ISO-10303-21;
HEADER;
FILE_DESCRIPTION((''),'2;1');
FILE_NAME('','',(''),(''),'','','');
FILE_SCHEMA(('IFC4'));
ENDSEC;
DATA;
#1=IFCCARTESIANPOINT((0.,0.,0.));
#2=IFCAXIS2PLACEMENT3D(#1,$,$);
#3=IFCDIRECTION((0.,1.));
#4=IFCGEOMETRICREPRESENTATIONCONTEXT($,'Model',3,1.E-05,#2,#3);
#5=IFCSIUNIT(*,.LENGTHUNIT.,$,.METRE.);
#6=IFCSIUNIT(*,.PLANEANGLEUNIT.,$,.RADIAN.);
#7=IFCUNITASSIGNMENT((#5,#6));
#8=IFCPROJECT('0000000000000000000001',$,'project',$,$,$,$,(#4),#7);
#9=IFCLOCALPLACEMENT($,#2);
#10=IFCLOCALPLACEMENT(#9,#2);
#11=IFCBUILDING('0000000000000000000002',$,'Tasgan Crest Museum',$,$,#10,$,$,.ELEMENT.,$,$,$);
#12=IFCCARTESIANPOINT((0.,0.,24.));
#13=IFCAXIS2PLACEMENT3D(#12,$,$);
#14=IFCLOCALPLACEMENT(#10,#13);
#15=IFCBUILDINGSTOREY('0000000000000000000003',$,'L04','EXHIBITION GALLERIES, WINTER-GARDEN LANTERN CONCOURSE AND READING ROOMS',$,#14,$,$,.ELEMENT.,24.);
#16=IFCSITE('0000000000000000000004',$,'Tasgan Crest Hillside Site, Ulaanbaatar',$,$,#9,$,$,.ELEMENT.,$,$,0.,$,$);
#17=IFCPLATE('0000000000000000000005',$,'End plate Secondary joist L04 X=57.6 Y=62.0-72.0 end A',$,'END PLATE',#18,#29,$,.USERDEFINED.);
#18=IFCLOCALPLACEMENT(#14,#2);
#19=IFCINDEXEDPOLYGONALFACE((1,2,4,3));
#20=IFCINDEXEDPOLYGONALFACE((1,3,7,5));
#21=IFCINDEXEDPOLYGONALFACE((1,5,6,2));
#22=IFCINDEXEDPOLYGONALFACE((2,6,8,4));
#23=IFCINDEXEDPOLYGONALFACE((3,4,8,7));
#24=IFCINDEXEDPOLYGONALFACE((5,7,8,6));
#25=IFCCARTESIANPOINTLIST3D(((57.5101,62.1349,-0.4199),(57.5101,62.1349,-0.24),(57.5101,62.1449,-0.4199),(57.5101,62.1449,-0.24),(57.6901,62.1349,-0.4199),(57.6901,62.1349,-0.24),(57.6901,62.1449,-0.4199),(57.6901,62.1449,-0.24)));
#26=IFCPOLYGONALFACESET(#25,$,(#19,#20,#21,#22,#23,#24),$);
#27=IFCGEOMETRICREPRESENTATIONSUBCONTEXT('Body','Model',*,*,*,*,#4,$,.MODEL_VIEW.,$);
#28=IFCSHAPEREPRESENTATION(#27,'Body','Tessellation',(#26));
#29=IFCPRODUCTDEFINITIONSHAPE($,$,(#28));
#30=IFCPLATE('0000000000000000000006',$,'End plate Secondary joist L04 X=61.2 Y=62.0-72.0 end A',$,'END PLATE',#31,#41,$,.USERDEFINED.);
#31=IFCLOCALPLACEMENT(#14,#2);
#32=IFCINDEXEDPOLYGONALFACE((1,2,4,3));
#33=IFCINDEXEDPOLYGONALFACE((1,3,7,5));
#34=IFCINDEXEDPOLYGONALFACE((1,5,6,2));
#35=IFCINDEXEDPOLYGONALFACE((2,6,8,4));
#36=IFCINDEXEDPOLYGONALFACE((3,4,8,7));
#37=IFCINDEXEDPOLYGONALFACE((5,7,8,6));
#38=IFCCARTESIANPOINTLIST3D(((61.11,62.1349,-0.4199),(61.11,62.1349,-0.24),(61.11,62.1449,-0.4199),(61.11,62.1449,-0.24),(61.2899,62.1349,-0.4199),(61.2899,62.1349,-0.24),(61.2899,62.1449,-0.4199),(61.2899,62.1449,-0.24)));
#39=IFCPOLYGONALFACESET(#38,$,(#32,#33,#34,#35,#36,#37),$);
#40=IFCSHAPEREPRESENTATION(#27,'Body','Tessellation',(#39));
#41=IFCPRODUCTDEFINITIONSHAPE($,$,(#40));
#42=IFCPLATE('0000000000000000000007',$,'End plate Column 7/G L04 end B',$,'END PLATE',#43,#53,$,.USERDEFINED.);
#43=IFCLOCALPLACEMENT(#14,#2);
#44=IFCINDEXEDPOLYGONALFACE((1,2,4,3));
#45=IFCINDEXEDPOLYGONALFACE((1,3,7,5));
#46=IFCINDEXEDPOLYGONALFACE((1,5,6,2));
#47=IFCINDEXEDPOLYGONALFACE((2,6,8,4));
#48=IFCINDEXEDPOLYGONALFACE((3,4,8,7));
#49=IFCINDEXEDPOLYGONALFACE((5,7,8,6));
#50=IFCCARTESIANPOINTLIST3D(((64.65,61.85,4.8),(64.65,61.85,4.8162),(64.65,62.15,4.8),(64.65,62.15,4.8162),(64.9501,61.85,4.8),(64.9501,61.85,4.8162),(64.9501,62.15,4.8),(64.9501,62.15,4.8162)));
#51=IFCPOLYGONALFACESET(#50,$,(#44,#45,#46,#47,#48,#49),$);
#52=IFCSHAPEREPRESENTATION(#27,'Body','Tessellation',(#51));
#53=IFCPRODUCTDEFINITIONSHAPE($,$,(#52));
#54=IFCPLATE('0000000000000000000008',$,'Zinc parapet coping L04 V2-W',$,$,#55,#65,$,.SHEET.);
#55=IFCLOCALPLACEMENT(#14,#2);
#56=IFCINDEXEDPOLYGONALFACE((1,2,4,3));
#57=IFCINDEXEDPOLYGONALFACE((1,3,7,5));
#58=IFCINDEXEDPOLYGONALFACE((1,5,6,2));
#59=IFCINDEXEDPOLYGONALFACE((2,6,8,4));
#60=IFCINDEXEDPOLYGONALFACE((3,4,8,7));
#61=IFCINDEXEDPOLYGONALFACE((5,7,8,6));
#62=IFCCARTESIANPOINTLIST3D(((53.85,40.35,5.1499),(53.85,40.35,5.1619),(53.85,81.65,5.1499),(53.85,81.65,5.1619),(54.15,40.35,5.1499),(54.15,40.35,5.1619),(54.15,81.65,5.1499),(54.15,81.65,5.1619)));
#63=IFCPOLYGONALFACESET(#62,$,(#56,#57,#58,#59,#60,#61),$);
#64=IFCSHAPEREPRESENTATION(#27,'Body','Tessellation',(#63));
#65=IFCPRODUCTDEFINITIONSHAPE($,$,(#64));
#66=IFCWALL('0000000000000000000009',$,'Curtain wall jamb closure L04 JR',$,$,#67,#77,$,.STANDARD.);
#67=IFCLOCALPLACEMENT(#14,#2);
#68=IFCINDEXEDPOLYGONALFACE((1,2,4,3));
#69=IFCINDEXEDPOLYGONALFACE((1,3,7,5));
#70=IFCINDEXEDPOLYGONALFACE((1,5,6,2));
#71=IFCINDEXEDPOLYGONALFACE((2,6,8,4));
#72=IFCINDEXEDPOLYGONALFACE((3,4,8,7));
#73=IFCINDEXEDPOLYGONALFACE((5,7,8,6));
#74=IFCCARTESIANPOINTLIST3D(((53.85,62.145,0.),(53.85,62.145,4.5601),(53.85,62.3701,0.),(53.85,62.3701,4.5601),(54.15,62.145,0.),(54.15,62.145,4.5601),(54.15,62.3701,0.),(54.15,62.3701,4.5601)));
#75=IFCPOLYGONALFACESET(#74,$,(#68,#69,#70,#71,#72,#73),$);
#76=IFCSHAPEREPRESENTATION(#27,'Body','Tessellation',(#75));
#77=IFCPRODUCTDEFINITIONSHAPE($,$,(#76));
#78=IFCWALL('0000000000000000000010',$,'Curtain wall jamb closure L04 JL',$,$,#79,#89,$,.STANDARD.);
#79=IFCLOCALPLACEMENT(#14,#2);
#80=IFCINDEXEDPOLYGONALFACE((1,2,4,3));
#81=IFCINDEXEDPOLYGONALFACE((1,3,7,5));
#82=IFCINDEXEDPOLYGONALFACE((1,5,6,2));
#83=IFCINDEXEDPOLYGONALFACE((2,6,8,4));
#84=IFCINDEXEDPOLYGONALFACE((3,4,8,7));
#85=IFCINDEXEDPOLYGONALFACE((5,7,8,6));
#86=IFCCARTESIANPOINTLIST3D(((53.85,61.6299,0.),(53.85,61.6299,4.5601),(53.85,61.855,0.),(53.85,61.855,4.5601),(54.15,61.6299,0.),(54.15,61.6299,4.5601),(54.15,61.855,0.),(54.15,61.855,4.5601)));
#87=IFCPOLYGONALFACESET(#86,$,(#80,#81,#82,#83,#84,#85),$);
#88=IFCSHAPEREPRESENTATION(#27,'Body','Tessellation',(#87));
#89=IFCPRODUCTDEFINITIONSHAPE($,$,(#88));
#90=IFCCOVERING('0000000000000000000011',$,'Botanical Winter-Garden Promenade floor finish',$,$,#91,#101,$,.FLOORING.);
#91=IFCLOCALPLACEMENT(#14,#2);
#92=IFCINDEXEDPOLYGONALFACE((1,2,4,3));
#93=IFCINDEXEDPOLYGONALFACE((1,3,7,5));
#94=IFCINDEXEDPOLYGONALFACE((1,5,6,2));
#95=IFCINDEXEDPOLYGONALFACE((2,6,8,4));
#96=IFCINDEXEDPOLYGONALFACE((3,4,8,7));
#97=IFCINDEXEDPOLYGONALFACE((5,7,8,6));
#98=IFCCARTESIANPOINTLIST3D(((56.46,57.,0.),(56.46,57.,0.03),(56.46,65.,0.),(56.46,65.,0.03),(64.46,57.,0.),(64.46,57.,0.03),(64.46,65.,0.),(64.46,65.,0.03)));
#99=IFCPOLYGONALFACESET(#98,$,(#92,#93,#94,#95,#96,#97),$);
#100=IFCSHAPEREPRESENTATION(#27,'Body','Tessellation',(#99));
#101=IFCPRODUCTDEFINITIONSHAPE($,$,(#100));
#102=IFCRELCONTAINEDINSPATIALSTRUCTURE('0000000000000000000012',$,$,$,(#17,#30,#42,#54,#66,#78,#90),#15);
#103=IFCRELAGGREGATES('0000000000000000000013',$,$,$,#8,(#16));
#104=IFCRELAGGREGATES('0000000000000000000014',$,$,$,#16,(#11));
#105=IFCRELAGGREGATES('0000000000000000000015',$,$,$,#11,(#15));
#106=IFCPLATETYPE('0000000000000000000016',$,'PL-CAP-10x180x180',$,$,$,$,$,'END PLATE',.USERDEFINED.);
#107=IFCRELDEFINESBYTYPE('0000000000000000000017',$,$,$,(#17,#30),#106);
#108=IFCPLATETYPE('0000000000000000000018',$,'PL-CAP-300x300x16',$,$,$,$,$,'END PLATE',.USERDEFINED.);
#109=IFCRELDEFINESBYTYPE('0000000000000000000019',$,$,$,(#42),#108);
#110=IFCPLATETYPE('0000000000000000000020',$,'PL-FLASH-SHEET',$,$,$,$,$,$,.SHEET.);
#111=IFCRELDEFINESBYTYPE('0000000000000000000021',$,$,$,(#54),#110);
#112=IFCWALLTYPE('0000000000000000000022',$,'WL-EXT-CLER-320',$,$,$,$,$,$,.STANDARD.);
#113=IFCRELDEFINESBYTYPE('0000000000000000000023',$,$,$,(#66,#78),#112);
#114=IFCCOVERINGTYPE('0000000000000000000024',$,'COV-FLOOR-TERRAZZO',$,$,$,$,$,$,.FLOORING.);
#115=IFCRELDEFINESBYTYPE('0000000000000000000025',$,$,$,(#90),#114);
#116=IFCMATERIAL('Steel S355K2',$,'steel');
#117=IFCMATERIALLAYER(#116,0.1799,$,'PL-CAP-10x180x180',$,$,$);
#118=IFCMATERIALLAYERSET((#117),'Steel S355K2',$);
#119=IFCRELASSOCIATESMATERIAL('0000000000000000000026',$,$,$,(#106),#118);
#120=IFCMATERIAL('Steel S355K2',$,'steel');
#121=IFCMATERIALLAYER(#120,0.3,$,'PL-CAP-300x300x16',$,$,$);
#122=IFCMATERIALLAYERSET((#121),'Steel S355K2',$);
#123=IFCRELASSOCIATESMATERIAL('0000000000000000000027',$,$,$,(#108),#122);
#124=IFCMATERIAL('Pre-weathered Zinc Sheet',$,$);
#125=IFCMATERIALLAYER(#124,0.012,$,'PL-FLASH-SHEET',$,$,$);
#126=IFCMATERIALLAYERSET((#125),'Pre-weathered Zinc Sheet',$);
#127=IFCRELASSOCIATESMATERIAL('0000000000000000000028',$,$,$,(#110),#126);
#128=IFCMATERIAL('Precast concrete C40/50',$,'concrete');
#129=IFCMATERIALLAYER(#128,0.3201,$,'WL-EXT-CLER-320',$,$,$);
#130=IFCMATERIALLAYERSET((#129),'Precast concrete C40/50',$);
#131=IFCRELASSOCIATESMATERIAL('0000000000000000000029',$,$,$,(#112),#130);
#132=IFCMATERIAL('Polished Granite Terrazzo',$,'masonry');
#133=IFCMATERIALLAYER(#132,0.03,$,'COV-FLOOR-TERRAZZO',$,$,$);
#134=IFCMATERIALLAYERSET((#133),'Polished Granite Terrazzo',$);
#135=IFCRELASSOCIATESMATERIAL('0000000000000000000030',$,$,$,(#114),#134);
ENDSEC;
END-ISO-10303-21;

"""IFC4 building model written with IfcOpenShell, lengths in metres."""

from ifc_helpers import new_model, si_unit, direction, frame, frame_2d, origin, origin_2d, place, context, subcontext, project, spatial, rectangle, extrude, material, layer, layer_set, type_object, element, save


model = new_model("IFC4")

# Units and contexts
model_context = context("Model", 3, precision=1e-05, world=origin(), true_north=direction((0.0, 1.0)))
body_context = subcontext(model_context, "Body", "Model", "MODEL_VIEW")
ifc_project = project(units=[si_unit("LENGTHUNIT", "METRE"), si_unit("PLANEANGLEUNIT", "RADIAN")], contexts=[model_context])

# Site, building, storey
site_placement = place(None, origin())
site = spatial("IfcSite", under=ifc_project, at=site_placement, Name="Tasgan Crest Hillside Site, Ulaanbaatar", CompositionType="ELEMENT", RefElevation=0.0)
building_placement = place(site_placement, origin())
building = spatial("IfcBuilding", under=site, at=building_placement, Name="Tasgan Crest Museum", CompositionType="ELEMENT")
storey_placement = place(building_placement, frame((0.0, 0.0, 24.0)))
storey = spatial("IfcBuildingStorey", under=building, at=storey_placement, Name="L04", Description="EXHIBITION GALLERIES, WINTER-GARDEN LANTERN CONCOURSE AND READING ROOMS", CompositionType="ELEMENT", Elevation=24.0)

# Plates
ifc_material_1 = material(Name="Steel S355K2", Category="steel")
ifc_layer_1 = layer(ifc_material_1, 0.1799, Name="PL-CAP-10x180x180")
ifc_layer_set_1 = layer_set([ifc_layer_1], Name="Steel S355K2")
plate_type_1 = type_object("IfcPlateType", Name="PL-CAP-10x180x180", ElementType="END PLATE", PredefinedType="USERDEFINED", material=ifc_layer_set_1)
for number, where, z_axis, x_axis, name in (
    (1, (57.6001, 62.1399, -0.4199), (0.0, 0.0, 1.0), (0.0, 1.0, 0.0), "End plate Secondary joist L04 X=57.6 Y=62.0-72.0 end A"),
    (2, (61.2, 62.1399, -0.4199), (0.0, 0.0, 1.0), (0.0, 1.0, 0.0), "End plate Secondary joist L04 X=61.2 Y=62.0-72.0 end A"),
):
    element("IfcPlate", number, at=place(storey_placement, frame(where, z_axis=z_axis, x_axis=x_axis)), inside=storey, type_object=plate_type_1, Name=name, ObjectType="END PLATE", PredefinedType="USERDEFINED", context=body_context, shape_type="SweptSolid", body=[
        extrude(rectangle(XDim=0.01, YDim=0.1799, at=origin_2d()), origin(), (0.0, 0.0, 1.0), 0.1799),
    ])
ifc_material_2 = material(Name="Steel S355K2", Category="steel")
ifc_layer_2 = layer(ifc_material_2, 0.3, Name="PL-CAP-300x300x16")
ifc_layer_set_2 = layer_set([ifc_layer_2], Name="Steel S355K2")
plate_type_2 = type_object("IfcPlateType", Name="PL-CAP-300x300x16", ElementType="END PLATE", PredefinedType="USERDEFINED", material=ifc_layer_set_2)
plate_1_placement = place(storey_placement, frame((64.8, 62.0, 4.8), z_axis=(0.0, 0.0, 1.0), x_axis=(1.0, 0.0, 0.0)))
element("IfcPlate", 3, at=plate_1_placement, inside=storey, type_object=plate_type_2, Name="End plate Column 7/G L04 end B", ObjectType="END PLATE", PredefinedType="USERDEFINED", context=body_context, shape_type="SweptSolid", body=[
    extrude(rectangle(XDim=0.3, YDim=0.3, at=origin_2d()), origin(), (0.0, 0.0, 1.0), 0.0161),
])
ifc_material_3 = material(Name="Pre-weathered Zinc Sheet")
ifc_layer_3 = layer(ifc_material_3, 0.012, Name="PL-FLASH-SHEET")
ifc_layer_set_3 = layer_set([ifc_layer_3], Name="Pre-weathered Zinc Sheet")
plate_type_3 = type_object("IfcPlateType", Name="PL-FLASH-SHEET", PredefinedType="SHEET", material=ifc_layer_set_3)
plate_2_placement = place(storey_placement, frame((54.0, 61.0, 5.1499), z_axis=(0.0, 0.0, 1.0), x_axis=(0.0, 1.0, 0.0)))
element("IfcPlate", 4, at=plate_2_placement, inside=storey, type_object=plate_type_3, Name="Zinc parapet coping L04 V2-W", PredefinedType="SHEET", context=body_context, shape_type="SweptSolid", body=[
    extrude(rectangle(XDim=41.3, YDim=0.3, at=origin_2d()), origin(), (0.0, 0.0, 1.0), 0.012),
])

# Walls
ifc_material_4 = material(Name="Precast concrete C40/50", Category="concrete")
ifc_layer_4 = layer(ifc_material_4, 0.3201, Name="WL-EXT-CLER-320")
ifc_layer_set_4 = layer_set([ifc_layer_4], Name="Precast concrete C40/50")
wall_type = type_object("IfcWallType", Name="WL-EXT-CLER-320", PredefinedType="STANDARD", material=ifc_layer_set_4)
for number, where, z_axis, x_axis, name in (
    (5, (54.0, 62.3701, 0.0), (0.0, 0.0, 1.0), (0.0, -1.0, 0.0), "Curtain wall jamb closure L04 JR"),
    (6, (54.0, 61.855, 0.0), (0.0, 0.0, 1.0), (0.0, -1.0, 0.0), "Curtain wall jamb closure L04 JL"),
):
    element("IfcWall", number, at=place(storey_placement, frame(where, z_axis=z_axis, x_axis=x_axis)), inside=storey, type_object=wall_type, Name=name, PredefinedType="STANDARD", context=body_context, shape_type="SweptSolid", body=[
        extrude(rectangle(XDim=0.2251, YDim=0.3, at=frame_2d((0.1125, 0.0))), origin(), (0.0, 0.0, 1.0), 4.5601),
    ])

# Covering
ifc_material_5 = material(Name="Polished Granite Terrazzo", Category="masonry")
ifc_layer_5 = layer(ifc_material_5, 0.03, Name="COV-FLOOR-TERRAZZO")
ifc_layer_set_5 = layer_set([ifc_layer_5], Name="Polished Granite Terrazzo")
covering_type = type_object("IfcCoveringType", Name="COV-FLOOR-TERRAZZO", PredefinedType="FLOORING", material=ifc_layer_set_5)
covering_placement = place(storey_placement, frame((60.46, 61.0, 0.0), z_axis=(0.0, 0.0, 1.0), x_axis=(1.0, 0.0, 0.0)))
element("IfcCovering", 7, at=covering_placement, inside=storey, type_object=covering_type, Name="Botanical Winter-Garden Promenade floor finish", PredefinedType="FLOORING", context=body_context, shape_type="SweptSolid", body=[
    extrude(rectangle(XDim=8.0, YDim=8.0, at=origin_2d()), origin(), (0.0, 0.0, 1.0), 0.03),
])

save(model, "model.ifc")
